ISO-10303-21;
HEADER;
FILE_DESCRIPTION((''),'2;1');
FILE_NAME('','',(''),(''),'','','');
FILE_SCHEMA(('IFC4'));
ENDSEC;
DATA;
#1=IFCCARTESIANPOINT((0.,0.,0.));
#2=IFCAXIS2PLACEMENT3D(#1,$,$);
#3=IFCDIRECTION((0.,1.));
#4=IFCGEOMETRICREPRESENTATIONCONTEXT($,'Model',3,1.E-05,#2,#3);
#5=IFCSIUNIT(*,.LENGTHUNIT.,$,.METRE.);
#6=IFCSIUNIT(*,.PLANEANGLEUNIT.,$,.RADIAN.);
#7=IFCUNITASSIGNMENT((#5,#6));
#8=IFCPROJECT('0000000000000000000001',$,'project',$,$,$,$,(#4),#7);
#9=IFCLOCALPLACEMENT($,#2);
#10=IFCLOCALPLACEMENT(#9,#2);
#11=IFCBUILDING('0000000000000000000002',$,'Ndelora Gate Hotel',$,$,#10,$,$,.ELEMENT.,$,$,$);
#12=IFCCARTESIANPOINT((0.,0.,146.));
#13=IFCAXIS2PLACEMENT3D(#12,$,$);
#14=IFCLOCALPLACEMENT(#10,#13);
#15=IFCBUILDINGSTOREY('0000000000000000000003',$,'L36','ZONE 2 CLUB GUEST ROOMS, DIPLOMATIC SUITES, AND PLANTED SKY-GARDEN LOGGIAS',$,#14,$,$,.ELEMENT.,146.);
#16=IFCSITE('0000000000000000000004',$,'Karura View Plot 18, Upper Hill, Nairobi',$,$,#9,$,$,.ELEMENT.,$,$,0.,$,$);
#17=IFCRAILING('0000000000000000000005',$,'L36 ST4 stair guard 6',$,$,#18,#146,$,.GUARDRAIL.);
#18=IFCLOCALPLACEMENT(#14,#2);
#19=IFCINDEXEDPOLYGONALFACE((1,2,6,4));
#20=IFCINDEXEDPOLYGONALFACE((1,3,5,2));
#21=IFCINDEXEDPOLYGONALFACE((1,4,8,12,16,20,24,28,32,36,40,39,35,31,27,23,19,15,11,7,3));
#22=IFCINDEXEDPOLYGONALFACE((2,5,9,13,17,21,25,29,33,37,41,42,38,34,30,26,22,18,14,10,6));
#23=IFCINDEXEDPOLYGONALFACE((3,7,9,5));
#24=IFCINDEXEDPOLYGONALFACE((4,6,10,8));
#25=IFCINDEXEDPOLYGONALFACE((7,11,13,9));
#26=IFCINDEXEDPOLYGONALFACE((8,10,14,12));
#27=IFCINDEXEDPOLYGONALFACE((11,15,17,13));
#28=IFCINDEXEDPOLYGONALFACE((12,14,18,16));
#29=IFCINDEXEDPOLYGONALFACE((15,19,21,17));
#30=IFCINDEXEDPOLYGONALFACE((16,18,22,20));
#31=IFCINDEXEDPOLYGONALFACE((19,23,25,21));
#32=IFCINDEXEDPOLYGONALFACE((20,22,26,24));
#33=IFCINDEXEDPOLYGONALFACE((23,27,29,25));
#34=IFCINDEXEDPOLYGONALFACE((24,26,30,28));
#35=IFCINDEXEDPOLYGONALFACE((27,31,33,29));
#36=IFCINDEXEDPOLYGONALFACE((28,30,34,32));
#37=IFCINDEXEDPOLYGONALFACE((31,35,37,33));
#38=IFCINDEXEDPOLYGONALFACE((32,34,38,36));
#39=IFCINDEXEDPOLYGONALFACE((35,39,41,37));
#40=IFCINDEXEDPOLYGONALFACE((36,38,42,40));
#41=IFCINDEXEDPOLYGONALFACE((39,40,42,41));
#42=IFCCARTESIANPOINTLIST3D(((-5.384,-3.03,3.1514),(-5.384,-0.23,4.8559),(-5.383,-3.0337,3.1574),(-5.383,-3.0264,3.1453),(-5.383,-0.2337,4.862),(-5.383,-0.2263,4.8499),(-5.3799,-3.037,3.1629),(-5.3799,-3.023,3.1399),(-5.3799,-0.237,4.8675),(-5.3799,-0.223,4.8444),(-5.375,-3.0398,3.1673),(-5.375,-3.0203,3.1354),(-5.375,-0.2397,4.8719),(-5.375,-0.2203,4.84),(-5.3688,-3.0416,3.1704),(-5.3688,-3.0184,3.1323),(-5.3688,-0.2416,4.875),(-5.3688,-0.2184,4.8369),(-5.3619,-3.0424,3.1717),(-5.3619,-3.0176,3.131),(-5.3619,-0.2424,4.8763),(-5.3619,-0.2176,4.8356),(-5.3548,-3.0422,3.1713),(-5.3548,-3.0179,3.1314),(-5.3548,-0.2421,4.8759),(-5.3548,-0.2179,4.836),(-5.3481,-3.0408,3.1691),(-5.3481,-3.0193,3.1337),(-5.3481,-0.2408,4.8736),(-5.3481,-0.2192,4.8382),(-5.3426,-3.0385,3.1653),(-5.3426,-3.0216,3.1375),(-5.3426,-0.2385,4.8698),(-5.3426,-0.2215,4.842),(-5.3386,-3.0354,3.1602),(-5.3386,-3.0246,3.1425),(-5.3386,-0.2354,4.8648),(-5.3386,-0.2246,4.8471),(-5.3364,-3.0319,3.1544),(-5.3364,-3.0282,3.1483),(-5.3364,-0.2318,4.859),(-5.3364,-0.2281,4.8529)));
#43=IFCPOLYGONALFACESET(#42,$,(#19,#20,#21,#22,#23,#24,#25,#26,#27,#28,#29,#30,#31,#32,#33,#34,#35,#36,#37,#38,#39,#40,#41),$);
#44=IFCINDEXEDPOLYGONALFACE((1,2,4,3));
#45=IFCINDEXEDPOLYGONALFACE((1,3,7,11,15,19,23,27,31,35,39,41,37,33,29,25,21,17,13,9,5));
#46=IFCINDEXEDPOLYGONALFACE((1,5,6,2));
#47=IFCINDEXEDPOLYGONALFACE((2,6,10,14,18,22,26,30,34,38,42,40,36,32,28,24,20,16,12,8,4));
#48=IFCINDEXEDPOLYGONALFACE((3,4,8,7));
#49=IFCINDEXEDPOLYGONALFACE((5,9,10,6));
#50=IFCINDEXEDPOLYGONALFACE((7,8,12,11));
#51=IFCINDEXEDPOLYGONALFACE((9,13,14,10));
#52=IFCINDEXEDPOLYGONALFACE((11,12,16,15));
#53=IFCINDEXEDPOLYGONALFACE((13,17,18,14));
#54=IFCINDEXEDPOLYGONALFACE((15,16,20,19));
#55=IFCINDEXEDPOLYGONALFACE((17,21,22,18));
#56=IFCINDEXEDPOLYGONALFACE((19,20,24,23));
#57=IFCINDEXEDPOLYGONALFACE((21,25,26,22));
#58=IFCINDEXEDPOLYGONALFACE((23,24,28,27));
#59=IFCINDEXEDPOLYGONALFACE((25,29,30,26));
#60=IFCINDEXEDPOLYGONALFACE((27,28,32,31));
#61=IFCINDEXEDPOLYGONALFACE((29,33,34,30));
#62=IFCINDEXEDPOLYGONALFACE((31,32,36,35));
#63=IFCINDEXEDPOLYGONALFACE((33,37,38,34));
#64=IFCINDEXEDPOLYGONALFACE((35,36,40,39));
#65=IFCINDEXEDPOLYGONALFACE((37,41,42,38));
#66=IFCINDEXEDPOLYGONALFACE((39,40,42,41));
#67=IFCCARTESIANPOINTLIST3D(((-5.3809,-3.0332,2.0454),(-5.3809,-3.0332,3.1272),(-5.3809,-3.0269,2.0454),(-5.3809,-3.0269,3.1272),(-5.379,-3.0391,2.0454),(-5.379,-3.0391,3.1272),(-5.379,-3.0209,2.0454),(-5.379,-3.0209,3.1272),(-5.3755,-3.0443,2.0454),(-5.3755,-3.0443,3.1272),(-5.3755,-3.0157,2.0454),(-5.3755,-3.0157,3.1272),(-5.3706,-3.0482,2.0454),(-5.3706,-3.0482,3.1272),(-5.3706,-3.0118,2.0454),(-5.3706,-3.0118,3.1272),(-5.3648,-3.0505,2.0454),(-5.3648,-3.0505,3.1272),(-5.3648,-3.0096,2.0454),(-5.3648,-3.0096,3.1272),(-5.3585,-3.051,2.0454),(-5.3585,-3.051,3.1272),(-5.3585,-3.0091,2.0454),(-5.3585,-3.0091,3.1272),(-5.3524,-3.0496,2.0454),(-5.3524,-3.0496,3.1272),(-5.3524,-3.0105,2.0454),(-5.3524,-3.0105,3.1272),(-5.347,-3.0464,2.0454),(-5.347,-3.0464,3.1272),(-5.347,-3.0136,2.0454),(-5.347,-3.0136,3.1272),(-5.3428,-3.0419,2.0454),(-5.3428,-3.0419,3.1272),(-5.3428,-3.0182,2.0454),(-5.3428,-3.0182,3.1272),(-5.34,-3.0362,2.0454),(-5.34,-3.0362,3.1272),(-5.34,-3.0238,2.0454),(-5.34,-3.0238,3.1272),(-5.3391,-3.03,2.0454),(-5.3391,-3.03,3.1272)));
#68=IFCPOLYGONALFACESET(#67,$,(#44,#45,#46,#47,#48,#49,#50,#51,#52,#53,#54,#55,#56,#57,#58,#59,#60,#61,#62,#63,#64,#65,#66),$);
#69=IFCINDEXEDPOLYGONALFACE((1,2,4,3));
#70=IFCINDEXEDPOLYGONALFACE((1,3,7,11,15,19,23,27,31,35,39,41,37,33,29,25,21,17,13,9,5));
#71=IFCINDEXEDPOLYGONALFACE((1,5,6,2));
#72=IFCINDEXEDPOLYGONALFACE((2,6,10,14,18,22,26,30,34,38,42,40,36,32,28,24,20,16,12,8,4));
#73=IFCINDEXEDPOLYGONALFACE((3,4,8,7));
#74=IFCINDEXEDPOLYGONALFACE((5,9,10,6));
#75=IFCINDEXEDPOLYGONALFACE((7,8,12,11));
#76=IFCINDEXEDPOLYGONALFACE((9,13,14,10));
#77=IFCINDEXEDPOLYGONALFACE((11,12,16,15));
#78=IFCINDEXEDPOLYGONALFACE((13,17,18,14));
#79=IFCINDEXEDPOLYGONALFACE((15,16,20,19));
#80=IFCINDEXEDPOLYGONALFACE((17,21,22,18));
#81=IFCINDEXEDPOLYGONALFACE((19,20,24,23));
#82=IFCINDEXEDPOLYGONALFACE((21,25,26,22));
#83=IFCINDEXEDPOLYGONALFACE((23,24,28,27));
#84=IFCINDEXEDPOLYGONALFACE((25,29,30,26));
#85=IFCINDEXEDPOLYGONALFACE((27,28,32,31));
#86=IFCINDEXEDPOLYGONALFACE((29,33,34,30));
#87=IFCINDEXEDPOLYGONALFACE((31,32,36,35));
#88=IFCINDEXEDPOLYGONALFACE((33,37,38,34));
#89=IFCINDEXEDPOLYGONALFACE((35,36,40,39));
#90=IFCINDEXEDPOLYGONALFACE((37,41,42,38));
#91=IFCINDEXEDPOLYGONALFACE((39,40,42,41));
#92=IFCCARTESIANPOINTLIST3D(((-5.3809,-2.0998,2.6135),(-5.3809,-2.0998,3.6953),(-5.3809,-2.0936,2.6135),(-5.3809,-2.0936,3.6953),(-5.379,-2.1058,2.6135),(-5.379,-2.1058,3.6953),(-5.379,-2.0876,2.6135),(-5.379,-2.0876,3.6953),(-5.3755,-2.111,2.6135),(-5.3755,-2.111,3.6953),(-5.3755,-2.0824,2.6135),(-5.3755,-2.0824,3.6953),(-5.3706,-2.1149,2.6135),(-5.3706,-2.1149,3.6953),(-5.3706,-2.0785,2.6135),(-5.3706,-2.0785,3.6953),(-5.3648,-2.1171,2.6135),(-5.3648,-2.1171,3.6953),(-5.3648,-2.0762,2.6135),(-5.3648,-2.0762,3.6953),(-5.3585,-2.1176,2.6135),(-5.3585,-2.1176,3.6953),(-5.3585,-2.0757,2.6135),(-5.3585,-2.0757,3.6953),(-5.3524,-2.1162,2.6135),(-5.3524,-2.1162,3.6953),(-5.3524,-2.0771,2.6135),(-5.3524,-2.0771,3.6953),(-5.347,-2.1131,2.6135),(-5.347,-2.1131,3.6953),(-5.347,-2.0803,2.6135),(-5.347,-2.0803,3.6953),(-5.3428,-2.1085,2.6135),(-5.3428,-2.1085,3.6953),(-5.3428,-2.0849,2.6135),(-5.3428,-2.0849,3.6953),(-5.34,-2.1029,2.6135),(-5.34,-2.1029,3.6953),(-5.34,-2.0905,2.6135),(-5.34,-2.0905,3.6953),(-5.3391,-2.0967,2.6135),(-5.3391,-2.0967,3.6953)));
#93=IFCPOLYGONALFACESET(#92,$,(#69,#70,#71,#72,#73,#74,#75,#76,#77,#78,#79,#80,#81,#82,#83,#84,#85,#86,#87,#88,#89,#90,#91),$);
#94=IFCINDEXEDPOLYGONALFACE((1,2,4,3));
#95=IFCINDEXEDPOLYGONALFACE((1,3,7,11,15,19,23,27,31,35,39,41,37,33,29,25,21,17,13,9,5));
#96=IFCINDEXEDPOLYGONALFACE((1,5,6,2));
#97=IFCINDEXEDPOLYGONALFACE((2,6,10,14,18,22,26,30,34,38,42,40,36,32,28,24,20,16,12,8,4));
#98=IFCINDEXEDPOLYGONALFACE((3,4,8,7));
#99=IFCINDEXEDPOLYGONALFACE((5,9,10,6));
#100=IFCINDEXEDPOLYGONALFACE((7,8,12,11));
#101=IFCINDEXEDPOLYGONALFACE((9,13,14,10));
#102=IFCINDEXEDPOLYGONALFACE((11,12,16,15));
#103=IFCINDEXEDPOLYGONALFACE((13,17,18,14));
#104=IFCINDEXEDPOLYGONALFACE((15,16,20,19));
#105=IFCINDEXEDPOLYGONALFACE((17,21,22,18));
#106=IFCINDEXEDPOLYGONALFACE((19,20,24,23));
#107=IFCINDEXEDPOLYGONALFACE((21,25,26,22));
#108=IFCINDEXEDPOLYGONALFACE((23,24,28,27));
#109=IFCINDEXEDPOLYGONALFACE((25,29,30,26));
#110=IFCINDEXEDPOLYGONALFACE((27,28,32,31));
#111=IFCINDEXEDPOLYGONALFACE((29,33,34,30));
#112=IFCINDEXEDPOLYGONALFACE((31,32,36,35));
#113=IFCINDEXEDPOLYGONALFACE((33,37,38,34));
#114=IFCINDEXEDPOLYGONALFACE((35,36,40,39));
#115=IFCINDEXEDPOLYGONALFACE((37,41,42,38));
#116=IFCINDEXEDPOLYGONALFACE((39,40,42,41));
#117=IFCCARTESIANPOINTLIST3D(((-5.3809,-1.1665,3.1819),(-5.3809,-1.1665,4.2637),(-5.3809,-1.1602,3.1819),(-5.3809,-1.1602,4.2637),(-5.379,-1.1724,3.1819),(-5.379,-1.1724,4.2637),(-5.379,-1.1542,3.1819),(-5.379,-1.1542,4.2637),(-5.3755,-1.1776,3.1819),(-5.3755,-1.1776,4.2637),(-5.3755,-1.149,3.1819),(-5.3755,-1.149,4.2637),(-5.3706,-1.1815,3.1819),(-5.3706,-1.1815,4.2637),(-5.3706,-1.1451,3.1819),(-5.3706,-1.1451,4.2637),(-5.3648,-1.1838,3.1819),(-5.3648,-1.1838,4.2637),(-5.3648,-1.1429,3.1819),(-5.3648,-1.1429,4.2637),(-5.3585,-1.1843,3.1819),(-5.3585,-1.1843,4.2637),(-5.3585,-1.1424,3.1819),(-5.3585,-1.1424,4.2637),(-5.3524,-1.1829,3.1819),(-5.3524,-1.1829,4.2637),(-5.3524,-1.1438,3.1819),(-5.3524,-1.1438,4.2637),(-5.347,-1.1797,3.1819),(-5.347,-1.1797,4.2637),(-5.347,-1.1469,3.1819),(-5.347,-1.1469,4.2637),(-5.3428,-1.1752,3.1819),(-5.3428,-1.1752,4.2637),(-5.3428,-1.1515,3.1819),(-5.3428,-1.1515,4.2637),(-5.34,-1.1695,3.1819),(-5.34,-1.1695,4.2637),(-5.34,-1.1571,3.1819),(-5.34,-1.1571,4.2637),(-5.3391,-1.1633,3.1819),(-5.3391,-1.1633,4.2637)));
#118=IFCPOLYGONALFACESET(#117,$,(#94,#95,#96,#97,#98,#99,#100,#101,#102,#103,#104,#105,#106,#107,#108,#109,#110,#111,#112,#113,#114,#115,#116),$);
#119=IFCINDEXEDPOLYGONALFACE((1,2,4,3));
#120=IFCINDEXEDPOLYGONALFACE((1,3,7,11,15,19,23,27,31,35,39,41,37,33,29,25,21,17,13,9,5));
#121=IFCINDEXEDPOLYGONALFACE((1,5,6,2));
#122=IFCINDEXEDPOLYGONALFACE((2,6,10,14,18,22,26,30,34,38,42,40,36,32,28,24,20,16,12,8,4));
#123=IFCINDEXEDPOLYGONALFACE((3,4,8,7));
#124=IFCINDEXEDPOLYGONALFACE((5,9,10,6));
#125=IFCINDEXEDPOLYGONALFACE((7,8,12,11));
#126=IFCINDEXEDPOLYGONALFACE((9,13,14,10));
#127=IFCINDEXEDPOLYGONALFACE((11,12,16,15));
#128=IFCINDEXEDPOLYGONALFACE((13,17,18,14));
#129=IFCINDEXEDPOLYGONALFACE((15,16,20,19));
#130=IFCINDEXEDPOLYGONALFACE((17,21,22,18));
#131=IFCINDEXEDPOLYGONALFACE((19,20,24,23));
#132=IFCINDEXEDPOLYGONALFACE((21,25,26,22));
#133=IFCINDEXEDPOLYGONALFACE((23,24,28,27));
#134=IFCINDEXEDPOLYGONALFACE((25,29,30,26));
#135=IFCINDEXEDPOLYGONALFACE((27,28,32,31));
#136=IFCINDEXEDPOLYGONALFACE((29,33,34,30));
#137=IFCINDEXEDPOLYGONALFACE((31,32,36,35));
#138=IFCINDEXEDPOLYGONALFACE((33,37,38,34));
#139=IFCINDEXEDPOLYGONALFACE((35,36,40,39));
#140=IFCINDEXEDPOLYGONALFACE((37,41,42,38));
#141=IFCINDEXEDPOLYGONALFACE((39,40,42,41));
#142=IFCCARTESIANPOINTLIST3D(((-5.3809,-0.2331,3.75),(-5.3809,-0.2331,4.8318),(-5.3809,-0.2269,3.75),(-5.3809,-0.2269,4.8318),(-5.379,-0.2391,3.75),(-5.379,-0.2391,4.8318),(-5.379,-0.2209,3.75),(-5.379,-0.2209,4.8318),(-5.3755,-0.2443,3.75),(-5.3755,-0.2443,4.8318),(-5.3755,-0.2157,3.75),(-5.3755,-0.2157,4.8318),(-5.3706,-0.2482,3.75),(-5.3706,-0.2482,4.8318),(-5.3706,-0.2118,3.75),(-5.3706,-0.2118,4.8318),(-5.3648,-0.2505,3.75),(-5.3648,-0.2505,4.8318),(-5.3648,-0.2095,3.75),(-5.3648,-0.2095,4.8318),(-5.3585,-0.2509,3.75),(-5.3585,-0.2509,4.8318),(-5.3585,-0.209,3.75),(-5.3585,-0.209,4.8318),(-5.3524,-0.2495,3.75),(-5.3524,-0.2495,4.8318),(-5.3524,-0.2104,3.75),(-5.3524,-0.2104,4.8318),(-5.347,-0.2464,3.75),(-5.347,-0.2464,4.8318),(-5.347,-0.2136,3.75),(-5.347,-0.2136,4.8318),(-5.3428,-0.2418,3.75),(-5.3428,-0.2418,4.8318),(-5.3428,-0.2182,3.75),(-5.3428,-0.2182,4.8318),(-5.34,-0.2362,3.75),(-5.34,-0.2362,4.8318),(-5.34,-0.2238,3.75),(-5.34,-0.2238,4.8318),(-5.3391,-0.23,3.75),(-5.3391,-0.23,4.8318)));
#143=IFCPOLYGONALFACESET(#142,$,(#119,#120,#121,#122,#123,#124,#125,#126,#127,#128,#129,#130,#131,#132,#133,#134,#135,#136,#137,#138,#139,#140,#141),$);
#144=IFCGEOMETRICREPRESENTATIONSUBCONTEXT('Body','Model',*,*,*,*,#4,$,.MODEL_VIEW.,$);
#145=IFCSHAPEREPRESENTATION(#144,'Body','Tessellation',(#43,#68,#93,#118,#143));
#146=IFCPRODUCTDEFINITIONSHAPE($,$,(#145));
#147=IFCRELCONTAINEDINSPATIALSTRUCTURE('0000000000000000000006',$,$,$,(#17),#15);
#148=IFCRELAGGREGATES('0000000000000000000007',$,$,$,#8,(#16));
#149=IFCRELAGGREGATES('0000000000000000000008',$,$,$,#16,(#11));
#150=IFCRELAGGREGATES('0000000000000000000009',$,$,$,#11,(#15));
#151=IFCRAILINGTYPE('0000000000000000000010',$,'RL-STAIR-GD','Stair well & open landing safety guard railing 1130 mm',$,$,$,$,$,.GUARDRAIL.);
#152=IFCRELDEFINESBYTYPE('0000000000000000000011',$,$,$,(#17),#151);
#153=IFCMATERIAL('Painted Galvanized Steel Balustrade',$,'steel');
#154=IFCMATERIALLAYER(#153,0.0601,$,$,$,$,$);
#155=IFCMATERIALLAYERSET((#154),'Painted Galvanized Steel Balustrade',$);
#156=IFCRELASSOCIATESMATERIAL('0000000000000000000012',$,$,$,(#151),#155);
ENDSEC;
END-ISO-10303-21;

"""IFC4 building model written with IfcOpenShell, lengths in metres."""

from ifc_helpers import new_model, si_unit, direction, frame, origin, origin_2d, place, context, subcontext, project, spatial, circle, extrude, material, layer, layer_set, type_object, element, save


model = new_model("IFC4")

# Units and contexts
model_context = context("Model", 3, precision=1e-05, world=origin(), true_north=direction((0.0, 1.0)))
body_context = subcontext(model_context, "Body", "Model", "MODEL_VIEW")
ifc_project = project(units=[si_unit("LENGTHUNIT", "METRE"), si_unit("PLANEANGLEUNIT", "RADIAN")], contexts=[model_context])

# Site, building, storey
site_placement = place(None, origin())
site = spatial("IfcSite", under=ifc_project, at=site_placement, Name="Karura View Plot 18, Upper Hill, Nairobi", CompositionType="ELEMENT", RefElevation=0.0)
building_placement = place(site_placement, origin())
building = spatial("IfcBuilding", under=site, at=building_placement, Name="Ndelora Gate Hotel", CompositionType="ELEMENT")
storey_placement = place(building_placement, frame((0.0, 0.0, 146.0)))
storey = spatial("IfcBuildingStorey", under=building, at=storey_placement, Name="L36", Description="ZONE 2 CLUB GUEST ROOMS, DIPLOMATIC SUITES, AND PLANTED SKY-GARDEN LOGGIAS", CompositionType="ELEMENT", Elevation=146.0)

# Railing
ifc_material_1 = material(Name="Painted Galvanized Steel Balustrade", Category="steel")
ifc_layer_1 = layer(ifc_material_1, 0.0601)
ifc_layer_set_1 = layer_set([ifc_layer_1], Name="Painted Galvanized Steel Balustrade")
railing_type_1 = type_object("IfcRailingType", Name="RL-STAIR-GD", Description="Stair well & open landing safety guard railing 1130 mm", PredefinedType="GUARDRAIL", material=ifc_layer_set_1)
railing_1_placement = place(storey_placement, frame((-5.3601, -3.03, 2.0454)))
element("IfcRailing", 1, at=railing_1_placement, inside=storey, type_object=railing_type_1, Name="L36 ST4 stair guard 6", PredefinedType="GUARDRAIL", context=body_context, shape_type="SweptSolid", body=[
    extrude(circle(Radius=0.0239, at=origin_2d()), frame((0.0, 0.0, 1.106), z_axis=(0.0, 0.85417, 0.519994), x_axis=(-1.0, 0.0, 0.0)), (0.0, 0.0, 1.0), 3.2781),
    extrude(circle(Radius=0.021, at=origin_2d()), origin(), (0.0, 0.0, 1.0), 1.0818),
    extrude(circle(Radius=0.021, at=origin_2d()), frame((0.0, 0.9333, 0.5681)), (0.0, 0.0, 1.0), 1.0818),
    extrude(circle(Radius=0.021, at=origin_2d()), frame((0.0, 1.8667, 1.1365)), (0.0, 0.0, 1.0), 1.0818),
    extrude(circle(Radius=0.021, at=origin_2d()), frame((0.0, 2.8, 1.7046)), (0.0, 0.0, 1.0), 1.0818),
])

save(model, "model.ifc")
